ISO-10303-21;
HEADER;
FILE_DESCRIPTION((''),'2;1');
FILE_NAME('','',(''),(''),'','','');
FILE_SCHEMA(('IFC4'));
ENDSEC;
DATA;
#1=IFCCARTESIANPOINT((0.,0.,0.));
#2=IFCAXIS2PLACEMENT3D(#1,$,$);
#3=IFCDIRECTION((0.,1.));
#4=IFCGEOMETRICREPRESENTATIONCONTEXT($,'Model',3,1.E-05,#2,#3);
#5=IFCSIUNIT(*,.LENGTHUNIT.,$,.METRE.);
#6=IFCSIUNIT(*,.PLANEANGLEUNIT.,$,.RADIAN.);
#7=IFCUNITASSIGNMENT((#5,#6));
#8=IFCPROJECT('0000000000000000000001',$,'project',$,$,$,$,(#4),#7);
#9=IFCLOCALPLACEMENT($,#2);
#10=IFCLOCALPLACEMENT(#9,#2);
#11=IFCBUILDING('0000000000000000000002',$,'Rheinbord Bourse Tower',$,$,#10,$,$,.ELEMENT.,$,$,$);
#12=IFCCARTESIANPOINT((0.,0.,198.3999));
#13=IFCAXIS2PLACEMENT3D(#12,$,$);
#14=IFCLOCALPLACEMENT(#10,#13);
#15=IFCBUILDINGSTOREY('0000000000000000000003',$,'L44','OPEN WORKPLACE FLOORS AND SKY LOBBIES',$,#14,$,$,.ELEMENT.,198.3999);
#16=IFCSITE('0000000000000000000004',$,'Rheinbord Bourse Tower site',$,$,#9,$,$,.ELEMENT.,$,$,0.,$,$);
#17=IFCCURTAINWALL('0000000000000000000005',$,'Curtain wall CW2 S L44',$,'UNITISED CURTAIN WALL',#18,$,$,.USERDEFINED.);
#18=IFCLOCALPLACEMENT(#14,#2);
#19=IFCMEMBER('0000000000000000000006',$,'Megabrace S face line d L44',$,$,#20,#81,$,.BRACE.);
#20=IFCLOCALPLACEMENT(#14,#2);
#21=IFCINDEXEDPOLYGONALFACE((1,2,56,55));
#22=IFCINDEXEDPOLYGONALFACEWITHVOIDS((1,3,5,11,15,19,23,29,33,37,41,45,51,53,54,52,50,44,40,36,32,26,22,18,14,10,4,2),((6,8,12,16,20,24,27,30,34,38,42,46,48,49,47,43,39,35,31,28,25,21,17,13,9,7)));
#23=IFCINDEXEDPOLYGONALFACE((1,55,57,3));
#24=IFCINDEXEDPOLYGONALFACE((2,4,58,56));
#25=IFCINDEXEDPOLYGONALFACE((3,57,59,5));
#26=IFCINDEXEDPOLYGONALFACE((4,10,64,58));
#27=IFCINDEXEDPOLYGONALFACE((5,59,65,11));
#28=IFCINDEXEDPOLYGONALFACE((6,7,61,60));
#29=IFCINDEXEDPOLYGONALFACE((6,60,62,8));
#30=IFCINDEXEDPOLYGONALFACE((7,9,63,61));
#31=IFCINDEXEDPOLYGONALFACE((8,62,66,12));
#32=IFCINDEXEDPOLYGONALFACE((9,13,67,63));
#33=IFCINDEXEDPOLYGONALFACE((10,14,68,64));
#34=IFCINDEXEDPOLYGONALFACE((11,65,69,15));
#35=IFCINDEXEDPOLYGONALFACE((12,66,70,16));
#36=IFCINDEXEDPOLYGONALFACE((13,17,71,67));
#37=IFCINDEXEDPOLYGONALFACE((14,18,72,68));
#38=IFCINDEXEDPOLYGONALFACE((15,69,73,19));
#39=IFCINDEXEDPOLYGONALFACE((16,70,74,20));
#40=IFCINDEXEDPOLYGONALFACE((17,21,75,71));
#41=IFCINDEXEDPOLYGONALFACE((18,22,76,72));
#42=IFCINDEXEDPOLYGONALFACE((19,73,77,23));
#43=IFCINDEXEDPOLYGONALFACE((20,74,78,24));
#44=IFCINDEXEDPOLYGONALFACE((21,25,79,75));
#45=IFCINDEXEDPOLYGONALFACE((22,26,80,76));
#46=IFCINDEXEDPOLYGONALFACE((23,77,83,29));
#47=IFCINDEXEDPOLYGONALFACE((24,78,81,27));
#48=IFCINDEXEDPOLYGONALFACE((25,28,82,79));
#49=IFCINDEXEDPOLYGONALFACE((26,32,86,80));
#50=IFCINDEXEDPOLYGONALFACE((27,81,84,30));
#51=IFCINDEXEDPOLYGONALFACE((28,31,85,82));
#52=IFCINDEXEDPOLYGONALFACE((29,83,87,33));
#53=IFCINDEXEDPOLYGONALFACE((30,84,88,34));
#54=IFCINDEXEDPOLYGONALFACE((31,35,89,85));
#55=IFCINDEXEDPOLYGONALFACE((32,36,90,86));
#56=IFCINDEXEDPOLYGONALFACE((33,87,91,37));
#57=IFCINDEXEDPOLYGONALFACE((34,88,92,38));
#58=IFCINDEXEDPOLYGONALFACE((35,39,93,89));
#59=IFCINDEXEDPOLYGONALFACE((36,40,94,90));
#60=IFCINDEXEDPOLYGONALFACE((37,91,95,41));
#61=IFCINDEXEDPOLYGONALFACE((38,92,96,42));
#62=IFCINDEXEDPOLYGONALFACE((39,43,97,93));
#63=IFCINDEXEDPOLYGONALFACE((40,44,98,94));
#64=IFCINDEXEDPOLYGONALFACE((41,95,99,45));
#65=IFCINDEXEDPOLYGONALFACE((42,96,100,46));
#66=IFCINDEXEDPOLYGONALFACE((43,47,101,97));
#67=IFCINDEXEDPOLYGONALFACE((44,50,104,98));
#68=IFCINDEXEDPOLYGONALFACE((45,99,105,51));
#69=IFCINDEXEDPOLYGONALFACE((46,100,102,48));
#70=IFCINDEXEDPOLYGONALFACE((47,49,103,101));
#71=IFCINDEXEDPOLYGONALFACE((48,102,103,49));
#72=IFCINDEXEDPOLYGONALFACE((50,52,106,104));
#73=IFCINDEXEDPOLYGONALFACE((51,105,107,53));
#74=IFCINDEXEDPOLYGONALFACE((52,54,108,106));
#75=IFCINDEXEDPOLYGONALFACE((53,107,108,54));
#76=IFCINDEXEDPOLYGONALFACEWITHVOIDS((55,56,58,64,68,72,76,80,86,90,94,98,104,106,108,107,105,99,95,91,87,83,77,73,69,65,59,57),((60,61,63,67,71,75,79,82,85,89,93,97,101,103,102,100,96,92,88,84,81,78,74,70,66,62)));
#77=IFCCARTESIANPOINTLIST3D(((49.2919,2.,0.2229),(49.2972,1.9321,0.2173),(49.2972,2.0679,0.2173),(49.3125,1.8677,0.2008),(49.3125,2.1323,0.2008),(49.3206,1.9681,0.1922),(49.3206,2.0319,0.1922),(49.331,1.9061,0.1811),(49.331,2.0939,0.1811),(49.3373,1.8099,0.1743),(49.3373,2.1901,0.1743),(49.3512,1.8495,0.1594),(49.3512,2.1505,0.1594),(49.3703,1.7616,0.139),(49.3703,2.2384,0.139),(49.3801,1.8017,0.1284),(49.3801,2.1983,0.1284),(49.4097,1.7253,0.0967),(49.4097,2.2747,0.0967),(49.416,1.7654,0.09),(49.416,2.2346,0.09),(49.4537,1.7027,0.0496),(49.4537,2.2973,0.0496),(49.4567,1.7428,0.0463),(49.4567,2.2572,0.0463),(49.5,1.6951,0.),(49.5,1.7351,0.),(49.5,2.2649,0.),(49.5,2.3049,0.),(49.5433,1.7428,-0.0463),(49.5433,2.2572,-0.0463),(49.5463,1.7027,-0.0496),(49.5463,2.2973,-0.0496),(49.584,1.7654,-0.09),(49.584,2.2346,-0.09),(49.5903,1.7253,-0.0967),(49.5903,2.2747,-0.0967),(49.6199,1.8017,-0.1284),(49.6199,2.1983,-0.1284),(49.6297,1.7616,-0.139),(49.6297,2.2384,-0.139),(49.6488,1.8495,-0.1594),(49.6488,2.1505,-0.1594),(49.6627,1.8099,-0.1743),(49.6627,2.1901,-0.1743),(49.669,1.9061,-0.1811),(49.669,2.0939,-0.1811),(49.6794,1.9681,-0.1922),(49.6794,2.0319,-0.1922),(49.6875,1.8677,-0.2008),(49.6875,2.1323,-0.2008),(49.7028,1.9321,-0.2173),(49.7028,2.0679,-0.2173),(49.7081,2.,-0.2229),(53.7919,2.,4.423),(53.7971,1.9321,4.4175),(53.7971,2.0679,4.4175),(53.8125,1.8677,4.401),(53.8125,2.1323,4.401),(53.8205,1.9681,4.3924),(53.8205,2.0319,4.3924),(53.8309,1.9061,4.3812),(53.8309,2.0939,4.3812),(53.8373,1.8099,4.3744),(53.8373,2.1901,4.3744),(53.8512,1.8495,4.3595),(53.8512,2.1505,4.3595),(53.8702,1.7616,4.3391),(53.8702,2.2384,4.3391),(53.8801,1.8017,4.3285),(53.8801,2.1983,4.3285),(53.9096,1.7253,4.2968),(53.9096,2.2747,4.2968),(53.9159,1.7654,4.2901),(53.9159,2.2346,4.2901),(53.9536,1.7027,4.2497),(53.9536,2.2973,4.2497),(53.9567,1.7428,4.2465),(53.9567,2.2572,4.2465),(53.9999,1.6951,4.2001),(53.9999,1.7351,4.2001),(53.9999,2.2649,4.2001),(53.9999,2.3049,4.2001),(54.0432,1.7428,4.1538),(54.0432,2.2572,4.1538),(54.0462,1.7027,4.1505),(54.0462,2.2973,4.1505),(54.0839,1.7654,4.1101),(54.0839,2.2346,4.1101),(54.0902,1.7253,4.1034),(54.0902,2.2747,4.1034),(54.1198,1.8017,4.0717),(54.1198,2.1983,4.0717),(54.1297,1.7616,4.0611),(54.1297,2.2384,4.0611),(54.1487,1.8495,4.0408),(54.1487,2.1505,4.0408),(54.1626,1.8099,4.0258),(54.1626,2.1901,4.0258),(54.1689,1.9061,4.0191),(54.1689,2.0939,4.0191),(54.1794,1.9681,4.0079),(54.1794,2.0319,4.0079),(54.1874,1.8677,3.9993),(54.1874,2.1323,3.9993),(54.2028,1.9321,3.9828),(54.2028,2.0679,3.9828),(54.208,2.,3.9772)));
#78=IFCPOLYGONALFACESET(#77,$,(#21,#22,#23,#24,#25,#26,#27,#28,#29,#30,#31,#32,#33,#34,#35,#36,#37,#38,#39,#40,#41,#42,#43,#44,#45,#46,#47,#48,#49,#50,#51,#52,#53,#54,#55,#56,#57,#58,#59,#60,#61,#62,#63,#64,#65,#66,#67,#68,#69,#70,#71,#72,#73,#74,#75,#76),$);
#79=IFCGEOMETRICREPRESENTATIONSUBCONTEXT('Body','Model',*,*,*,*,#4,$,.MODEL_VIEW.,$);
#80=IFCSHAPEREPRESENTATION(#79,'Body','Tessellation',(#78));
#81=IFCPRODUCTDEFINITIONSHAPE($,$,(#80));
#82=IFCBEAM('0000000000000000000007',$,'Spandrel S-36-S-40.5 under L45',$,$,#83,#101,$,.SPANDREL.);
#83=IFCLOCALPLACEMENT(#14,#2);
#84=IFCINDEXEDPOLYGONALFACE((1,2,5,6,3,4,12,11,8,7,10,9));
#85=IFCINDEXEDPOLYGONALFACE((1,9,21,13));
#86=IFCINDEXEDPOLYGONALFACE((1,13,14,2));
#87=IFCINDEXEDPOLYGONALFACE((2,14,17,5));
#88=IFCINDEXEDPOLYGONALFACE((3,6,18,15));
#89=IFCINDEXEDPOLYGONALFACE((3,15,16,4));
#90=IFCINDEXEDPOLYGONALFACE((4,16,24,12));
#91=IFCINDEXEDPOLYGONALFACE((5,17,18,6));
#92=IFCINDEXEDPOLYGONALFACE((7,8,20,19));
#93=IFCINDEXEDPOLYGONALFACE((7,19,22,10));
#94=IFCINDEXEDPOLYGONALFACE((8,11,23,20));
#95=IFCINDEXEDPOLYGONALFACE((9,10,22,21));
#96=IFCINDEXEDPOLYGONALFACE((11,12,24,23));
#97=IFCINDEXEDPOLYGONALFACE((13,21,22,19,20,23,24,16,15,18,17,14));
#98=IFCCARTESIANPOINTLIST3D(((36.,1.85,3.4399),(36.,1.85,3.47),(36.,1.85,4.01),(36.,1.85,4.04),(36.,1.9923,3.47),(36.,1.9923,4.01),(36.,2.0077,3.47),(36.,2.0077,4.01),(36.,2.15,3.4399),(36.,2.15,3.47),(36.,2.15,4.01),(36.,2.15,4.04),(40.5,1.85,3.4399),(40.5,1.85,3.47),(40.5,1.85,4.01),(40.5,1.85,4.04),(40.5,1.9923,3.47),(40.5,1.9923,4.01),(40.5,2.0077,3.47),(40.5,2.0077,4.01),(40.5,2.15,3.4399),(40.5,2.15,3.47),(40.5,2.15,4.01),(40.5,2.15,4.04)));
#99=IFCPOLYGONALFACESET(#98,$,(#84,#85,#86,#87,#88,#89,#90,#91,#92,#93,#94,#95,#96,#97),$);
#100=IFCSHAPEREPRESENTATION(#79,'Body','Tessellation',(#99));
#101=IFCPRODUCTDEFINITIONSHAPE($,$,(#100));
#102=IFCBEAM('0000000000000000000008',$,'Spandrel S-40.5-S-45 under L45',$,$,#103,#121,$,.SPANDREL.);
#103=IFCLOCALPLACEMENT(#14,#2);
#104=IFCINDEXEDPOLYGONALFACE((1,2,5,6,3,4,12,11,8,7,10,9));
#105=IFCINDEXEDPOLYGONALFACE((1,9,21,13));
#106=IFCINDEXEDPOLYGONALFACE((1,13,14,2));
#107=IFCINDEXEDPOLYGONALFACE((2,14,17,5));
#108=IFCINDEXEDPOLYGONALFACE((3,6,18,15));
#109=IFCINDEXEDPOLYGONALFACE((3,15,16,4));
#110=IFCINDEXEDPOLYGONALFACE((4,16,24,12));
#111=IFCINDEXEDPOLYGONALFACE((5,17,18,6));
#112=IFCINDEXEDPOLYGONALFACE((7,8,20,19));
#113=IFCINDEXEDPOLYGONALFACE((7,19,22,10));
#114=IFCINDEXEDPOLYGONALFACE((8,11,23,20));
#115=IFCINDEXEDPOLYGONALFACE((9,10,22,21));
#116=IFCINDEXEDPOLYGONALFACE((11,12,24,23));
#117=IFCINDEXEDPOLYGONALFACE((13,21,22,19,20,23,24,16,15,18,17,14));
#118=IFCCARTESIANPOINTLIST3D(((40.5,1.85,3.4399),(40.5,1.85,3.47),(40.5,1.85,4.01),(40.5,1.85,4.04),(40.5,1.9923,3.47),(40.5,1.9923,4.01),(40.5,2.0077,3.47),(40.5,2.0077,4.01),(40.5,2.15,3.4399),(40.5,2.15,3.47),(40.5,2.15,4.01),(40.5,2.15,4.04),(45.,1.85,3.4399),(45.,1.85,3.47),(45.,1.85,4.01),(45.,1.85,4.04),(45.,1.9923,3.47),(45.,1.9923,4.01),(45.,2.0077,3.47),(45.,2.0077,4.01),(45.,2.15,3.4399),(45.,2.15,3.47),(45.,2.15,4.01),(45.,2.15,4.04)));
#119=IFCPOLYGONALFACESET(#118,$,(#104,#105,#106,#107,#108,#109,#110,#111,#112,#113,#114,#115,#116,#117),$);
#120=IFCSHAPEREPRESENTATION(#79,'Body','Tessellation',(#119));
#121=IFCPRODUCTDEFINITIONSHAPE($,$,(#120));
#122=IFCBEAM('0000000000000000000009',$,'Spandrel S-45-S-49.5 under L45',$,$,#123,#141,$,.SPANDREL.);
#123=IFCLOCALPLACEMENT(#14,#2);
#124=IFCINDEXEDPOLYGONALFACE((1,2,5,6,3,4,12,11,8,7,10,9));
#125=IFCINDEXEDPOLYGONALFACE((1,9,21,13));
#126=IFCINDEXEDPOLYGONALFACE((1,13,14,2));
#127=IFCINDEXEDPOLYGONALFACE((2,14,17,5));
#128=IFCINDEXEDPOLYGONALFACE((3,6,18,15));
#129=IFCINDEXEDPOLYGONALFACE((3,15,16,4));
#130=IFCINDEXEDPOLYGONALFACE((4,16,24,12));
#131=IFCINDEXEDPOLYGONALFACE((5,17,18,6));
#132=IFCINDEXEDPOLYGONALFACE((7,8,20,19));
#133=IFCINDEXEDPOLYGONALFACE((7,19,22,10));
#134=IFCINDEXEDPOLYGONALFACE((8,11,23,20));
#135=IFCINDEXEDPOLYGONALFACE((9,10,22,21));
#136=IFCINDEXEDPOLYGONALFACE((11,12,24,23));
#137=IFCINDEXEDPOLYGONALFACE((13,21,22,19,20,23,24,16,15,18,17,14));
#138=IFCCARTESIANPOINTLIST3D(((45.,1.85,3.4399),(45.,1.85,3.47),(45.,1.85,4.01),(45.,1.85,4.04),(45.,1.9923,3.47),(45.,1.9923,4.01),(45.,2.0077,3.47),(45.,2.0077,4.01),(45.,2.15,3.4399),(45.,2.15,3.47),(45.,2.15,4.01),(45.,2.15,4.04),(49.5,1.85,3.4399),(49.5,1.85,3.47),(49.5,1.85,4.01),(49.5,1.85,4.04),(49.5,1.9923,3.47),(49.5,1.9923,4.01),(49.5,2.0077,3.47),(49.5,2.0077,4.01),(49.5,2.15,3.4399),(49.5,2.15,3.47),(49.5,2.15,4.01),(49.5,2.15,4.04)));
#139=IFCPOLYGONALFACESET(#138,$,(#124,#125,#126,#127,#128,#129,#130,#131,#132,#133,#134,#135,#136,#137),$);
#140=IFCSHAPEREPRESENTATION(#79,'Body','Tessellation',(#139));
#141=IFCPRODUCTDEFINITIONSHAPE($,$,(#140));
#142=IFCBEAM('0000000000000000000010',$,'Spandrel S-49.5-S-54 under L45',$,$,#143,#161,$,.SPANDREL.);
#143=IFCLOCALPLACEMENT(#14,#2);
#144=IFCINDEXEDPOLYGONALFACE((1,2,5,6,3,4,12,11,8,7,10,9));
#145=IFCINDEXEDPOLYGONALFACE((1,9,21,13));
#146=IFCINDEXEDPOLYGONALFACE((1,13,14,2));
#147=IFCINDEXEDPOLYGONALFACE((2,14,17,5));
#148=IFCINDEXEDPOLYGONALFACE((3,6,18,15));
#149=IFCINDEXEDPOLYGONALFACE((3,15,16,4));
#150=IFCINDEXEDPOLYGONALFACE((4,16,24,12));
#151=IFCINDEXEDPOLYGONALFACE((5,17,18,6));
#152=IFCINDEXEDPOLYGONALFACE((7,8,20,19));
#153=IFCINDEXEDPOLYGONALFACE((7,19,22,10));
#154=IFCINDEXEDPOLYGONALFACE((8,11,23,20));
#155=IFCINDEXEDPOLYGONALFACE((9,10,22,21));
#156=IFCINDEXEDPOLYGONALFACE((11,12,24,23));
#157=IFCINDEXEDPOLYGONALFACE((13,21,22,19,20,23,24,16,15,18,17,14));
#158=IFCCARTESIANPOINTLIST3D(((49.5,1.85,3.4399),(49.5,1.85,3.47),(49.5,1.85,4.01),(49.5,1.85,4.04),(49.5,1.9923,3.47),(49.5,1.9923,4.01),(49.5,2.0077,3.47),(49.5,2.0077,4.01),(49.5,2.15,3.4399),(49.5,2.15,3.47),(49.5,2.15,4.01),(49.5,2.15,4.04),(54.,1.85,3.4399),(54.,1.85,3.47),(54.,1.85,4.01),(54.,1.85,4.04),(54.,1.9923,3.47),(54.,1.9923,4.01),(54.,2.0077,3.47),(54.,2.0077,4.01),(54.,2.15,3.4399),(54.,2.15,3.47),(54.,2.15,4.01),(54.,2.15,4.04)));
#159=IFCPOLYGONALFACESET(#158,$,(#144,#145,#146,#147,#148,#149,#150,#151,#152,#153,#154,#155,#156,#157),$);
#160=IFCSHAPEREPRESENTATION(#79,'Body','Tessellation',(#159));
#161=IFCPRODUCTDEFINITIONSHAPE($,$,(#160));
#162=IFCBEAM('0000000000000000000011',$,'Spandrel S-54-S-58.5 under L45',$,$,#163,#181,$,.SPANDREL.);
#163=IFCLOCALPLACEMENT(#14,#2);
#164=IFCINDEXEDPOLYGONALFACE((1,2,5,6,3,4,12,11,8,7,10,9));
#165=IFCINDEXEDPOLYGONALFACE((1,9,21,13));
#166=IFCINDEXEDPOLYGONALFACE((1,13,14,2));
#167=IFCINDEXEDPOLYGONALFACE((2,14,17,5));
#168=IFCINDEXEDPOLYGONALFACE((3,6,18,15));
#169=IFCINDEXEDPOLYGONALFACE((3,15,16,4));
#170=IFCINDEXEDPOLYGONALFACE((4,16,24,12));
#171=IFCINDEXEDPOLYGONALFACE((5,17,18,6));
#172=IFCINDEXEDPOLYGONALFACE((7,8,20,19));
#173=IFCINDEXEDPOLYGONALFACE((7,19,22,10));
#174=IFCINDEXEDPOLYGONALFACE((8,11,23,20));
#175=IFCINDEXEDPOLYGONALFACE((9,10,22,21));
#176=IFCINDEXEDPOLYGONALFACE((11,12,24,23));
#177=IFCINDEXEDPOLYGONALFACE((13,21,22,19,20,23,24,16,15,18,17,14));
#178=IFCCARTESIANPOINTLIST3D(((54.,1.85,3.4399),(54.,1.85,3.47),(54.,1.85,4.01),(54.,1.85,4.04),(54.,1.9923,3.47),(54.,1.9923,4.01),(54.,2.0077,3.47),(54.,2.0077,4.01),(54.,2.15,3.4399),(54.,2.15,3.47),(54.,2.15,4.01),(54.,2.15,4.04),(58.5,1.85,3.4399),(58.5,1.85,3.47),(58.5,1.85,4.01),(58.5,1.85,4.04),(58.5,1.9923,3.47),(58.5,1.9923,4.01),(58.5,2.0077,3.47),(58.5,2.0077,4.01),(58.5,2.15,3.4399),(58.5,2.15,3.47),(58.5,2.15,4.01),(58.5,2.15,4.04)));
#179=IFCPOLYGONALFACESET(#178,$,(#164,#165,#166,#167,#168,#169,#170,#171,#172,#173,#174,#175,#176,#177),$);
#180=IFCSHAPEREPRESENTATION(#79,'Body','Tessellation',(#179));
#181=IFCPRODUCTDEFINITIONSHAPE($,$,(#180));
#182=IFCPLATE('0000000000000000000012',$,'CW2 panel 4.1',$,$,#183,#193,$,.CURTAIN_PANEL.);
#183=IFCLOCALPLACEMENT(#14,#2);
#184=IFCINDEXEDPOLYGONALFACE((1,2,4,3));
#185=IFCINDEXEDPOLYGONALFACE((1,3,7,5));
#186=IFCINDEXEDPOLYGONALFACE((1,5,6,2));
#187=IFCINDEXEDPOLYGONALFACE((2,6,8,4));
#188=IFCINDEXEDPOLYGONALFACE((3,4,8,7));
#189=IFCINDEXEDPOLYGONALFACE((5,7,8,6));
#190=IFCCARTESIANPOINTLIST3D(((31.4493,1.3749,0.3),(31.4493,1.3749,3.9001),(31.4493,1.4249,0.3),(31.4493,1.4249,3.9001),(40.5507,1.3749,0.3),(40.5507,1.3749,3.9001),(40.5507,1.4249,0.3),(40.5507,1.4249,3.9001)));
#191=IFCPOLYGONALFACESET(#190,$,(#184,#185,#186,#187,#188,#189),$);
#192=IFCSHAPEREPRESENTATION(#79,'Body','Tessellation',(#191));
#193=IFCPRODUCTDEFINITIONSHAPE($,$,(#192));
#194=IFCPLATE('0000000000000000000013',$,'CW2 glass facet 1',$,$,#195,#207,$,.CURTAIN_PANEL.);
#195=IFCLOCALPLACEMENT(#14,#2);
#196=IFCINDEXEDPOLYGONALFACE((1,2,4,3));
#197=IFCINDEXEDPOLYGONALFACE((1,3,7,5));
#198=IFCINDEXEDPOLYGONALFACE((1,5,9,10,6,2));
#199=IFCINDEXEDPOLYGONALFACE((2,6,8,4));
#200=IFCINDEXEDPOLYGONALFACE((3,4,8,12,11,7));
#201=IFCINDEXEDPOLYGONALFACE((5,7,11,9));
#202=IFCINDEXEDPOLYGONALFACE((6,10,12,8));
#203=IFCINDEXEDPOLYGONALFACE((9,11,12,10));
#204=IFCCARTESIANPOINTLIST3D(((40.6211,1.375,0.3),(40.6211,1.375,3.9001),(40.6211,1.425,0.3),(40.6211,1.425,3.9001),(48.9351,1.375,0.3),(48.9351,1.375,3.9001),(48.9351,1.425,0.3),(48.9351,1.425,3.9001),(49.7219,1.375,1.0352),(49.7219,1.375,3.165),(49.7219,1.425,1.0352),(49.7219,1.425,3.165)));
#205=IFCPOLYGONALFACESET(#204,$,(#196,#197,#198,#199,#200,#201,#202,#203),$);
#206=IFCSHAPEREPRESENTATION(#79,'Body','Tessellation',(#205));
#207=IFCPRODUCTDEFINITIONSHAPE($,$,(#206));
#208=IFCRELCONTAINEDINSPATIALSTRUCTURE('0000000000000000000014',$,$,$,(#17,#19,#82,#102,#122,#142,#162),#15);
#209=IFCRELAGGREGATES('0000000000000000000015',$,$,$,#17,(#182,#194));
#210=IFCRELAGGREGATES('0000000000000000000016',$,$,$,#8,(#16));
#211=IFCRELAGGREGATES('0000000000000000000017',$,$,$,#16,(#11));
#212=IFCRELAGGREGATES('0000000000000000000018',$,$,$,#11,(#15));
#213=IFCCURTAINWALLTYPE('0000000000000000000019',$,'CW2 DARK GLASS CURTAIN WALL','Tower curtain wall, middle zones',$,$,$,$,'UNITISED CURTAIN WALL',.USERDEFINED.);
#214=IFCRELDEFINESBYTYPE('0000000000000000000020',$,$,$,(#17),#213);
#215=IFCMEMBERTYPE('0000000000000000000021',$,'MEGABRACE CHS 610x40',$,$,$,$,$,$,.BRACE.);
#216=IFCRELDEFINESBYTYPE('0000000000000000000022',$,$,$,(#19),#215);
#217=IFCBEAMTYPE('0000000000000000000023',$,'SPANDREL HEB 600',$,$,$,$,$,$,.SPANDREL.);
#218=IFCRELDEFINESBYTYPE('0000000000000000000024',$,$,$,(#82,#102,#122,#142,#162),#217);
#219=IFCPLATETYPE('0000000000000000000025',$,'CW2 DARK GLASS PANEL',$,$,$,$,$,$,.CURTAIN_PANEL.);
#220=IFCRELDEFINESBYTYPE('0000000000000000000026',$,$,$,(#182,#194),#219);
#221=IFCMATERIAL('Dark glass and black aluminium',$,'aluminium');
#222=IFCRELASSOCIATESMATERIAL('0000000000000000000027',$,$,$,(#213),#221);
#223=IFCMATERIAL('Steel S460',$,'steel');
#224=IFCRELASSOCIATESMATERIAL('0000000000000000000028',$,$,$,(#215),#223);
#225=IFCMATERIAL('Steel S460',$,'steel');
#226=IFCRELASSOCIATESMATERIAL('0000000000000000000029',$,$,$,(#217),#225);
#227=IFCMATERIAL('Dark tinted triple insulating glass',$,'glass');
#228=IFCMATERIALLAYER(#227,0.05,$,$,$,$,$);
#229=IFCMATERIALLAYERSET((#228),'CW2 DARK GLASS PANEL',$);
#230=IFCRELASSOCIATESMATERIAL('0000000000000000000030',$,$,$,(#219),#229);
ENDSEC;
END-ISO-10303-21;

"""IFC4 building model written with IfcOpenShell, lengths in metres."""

from ifc_helpers import new_model, si_unit, direction, frame, origin, origin_2d, place, context, subcontext, project, spatial, polyline, rectangle, hollow_circle, i_section, outline, extrude, material, layer, layer_set, material_profile, profile_set, type_object, element, aggregate, save


model = new_model("IFC4")

# Units and contexts
model_context = context("Model", 3, precision=1e-05, world=origin(), true_north=direction((0.0, 1.0)))
body_context = subcontext(model_context, "Body", "Model", "MODEL_VIEW")
ifc_project = project(units=[si_unit("LENGTHUNIT", "METRE"), si_unit("PLANEANGLEUNIT", "RADIAN")], contexts=[model_context])

# Site, building, storey
site_placement = place(None, origin())
site = spatial("IfcSite", under=ifc_project, at=site_placement, Name="Rheinbord Bourse Tower site", CompositionType="ELEMENT", RefElevation=0.0)
building_placement = place(site_placement, origin())
building = spatial("IfcBuilding", under=site, at=building_placement, Name="Rheinbord Bourse Tower", CompositionType="ELEMENT")
storey_placement = place(building_placement, frame((0.0, 0.0, 198.3999)))
storey = spatial("IfcBuildingStorey", under=building, at=storey_placement, Name="L44", Description="OPEN WORKPLACE FLOORS AND SKY LOBBIES", CompositionType="ELEMENT", Elevation=198.3999)

# Curtain wall
ifc_material_1 = material(Name="Dark glass and black aluminium", Category="aluminium")
curtain_wall_type = type_object("IfcCurtainWallType", Name="CW2 DARK GLASS CURTAIN WALL", Description="Tower curtain wall, middle zones", ElementType="UNITISED CURTAIN WALL", PredefinedType="USERDEFINED", material=ifc_material_1)
curtain_wall_placement = place(storey_placement, origin())
curtain_wall = element("IfcCurtainWall", 1, at=curtain_wall_placement, inside=storey, type_object=curtain_wall_type, Name="Curtain wall CW2 S L44", ObjectType="UNITISED CURTAIN WALL", PredefinedType="USERDEFINED")

# Member
ifc_material_2 = material(Name="Steel S460", Category="steel")
ifc_material_profile_1 = material_profile(ifc_material_2, hollow_circle(Radius=0.3049, WallThickness=0.04, at=origin_2d()), Name="CHS 610x40")
ifc_profile_set_1 = profile_set([ifc_material_profile_1], Name="Steel S460")
member_type_1 = type_object("IfcMemberType", Name="MEGABRACE CHS 610x40", PredefinedType="BRACE", material=ifc_profile_set_1)
member_1_placement = place(storey_placement, frame((49.5, 2.0, 0.0), z_axis=(0.731039, 0.0, 0.682335), x_axis=(0.0, 1.0, 0.0)))
element("IfcMember", 2, at=member_1_placement, inside=storey, type_object=member_type_1, Name="Megabrace S face line d L44", PredefinedType="BRACE", context=body_context, shape_type="SweptSolid", body=[
    extrude(hollow_circle(Radius=0.3049, WallThickness=0.04, at=origin_2d()), origin(), (0.0, 0.0, 1.0), 6.1555),
])

# Beams
ifc_material_3 = material(Name="Steel S460", Category="steel")
ifc_material_profile_2 = material_profile(ifc_material_3, i_section(OverallWidth=0.3, OverallDepth=0.6001, WebThickness=0.0154, FlangeThickness=0.03, at=origin_2d()), Name="HEB 600")
ifc_profile_set_2 = profile_set([ifc_material_profile_2], Name="Steel S460")
beam_type_1 = type_object("IfcBeamType", Name="SPANDREL HEB 600", PredefinedType="SPANDREL", material=ifc_profile_set_2)
for number, where, z_axis, x_axis, name in (
    (3, (36.0, 2.0, 3.74), (1.0, 0.0, 0.0), (0.0, 1.0, 0.0), "Spandrel S-36-S-40.5 under L45"),
    (4, (40.5, 2.0, 3.74), (1.0, 0.0, 0.0), (0.0, 1.0, 0.0), "Spandrel S-40.5-S-45 under L45"),
    (5, (45.0, 2.0, 3.74), (1.0, 0.0, 0.0), (0.0, 1.0, 0.0), "Spandrel S-45-S-49.5 under L45"),
    (6, (49.5, 2.0, 3.74), (1.0, 0.0, 0.0), (0.0, 1.0, 0.0), "Spandrel S-49.5-S-54 under L45"),
    (7, (54.0, 2.0, 3.74), (1.0, 0.0, 0.0), (0.0, 1.0, 0.0), "Spandrel S-54-S-58.5 under L45"),
):
    element("IfcBeam", number, at=place(storey_placement, frame(where, z_axis=z_axis, x_axis=x_axis)), inside=storey, type_object=beam_type_1, Name=name, PredefinedType="SPANDREL", context=body_context, shape_type="SweptSolid", body=[
        extrude(i_section(OverallWidth=0.3, OverallDepth=0.6001, WebThickness=0.0154, FlangeThickness=0.03, at=origin_2d()), origin(), (0.0, 0.0, 1.0), 4.5),
    ])

# Plates
ifc_material_4 = material(Name="Dark tinted triple insulating glass", Category="glass")
ifc_layer = layer(ifc_material_4, 0.05)
ifc_layer_set = layer_set([ifc_layer], Name="CW2 DARK GLASS PANEL")
plate_type = type_object("IfcPlateType", Name="CW2 DARK GLASS PANEL", PredefinedType="CURTAIN_PANEL", material=ifc_layer_set)
plate_1_placement = place(storey_placement, frame((36.0, 1.3999, 0.3), z_axis=(0.0, 0.0, 1.0), x_axis=(1.0, 0.0, 0.0)))
plate_1 = element("IfcPlate", 8, at=plate_1_placement, type_object=plate_type, Name="CW2 panel 4.1", PredefinedType="CURTAIN_PANEL", context=body_context, shape_type="SweptSolid", body=[
    extrude(rectangle(XDim=9.1013, YDim=0.05, at=origin_2d()), origin(), (0.0, 0.0, 1.0), 3.6001),
])
plate_2_placement = place(storey_placement, frame((40.6211, 1.375, 0.3), z_axis=(0.0, 1.0, 0.0), x_axis=(0.0, 0.0, 1.0)))
plate_2 = element("IfcPlate", 9, at=plate_2_placement, type_object=plate_type, Name="CW2 glass facet 1", PredefinedType="CURTAIN_PANEL", context=body_context, shape_type="SweptSolid", body=[
    extrude(outline(polyline([(0.0, 0.0), (3.6001, 0.0), (3.6001, 8.314), (2.865, 9.1008), (0.7351, 9.1008), (0.0, 8.314), (0.0, 0.0)])), origin(), (0.0, 0.0, 1.0), 0.05),
])
aggregate(curtain_wall, [plate_1, plate_2])

save(model, "model.ifc")
